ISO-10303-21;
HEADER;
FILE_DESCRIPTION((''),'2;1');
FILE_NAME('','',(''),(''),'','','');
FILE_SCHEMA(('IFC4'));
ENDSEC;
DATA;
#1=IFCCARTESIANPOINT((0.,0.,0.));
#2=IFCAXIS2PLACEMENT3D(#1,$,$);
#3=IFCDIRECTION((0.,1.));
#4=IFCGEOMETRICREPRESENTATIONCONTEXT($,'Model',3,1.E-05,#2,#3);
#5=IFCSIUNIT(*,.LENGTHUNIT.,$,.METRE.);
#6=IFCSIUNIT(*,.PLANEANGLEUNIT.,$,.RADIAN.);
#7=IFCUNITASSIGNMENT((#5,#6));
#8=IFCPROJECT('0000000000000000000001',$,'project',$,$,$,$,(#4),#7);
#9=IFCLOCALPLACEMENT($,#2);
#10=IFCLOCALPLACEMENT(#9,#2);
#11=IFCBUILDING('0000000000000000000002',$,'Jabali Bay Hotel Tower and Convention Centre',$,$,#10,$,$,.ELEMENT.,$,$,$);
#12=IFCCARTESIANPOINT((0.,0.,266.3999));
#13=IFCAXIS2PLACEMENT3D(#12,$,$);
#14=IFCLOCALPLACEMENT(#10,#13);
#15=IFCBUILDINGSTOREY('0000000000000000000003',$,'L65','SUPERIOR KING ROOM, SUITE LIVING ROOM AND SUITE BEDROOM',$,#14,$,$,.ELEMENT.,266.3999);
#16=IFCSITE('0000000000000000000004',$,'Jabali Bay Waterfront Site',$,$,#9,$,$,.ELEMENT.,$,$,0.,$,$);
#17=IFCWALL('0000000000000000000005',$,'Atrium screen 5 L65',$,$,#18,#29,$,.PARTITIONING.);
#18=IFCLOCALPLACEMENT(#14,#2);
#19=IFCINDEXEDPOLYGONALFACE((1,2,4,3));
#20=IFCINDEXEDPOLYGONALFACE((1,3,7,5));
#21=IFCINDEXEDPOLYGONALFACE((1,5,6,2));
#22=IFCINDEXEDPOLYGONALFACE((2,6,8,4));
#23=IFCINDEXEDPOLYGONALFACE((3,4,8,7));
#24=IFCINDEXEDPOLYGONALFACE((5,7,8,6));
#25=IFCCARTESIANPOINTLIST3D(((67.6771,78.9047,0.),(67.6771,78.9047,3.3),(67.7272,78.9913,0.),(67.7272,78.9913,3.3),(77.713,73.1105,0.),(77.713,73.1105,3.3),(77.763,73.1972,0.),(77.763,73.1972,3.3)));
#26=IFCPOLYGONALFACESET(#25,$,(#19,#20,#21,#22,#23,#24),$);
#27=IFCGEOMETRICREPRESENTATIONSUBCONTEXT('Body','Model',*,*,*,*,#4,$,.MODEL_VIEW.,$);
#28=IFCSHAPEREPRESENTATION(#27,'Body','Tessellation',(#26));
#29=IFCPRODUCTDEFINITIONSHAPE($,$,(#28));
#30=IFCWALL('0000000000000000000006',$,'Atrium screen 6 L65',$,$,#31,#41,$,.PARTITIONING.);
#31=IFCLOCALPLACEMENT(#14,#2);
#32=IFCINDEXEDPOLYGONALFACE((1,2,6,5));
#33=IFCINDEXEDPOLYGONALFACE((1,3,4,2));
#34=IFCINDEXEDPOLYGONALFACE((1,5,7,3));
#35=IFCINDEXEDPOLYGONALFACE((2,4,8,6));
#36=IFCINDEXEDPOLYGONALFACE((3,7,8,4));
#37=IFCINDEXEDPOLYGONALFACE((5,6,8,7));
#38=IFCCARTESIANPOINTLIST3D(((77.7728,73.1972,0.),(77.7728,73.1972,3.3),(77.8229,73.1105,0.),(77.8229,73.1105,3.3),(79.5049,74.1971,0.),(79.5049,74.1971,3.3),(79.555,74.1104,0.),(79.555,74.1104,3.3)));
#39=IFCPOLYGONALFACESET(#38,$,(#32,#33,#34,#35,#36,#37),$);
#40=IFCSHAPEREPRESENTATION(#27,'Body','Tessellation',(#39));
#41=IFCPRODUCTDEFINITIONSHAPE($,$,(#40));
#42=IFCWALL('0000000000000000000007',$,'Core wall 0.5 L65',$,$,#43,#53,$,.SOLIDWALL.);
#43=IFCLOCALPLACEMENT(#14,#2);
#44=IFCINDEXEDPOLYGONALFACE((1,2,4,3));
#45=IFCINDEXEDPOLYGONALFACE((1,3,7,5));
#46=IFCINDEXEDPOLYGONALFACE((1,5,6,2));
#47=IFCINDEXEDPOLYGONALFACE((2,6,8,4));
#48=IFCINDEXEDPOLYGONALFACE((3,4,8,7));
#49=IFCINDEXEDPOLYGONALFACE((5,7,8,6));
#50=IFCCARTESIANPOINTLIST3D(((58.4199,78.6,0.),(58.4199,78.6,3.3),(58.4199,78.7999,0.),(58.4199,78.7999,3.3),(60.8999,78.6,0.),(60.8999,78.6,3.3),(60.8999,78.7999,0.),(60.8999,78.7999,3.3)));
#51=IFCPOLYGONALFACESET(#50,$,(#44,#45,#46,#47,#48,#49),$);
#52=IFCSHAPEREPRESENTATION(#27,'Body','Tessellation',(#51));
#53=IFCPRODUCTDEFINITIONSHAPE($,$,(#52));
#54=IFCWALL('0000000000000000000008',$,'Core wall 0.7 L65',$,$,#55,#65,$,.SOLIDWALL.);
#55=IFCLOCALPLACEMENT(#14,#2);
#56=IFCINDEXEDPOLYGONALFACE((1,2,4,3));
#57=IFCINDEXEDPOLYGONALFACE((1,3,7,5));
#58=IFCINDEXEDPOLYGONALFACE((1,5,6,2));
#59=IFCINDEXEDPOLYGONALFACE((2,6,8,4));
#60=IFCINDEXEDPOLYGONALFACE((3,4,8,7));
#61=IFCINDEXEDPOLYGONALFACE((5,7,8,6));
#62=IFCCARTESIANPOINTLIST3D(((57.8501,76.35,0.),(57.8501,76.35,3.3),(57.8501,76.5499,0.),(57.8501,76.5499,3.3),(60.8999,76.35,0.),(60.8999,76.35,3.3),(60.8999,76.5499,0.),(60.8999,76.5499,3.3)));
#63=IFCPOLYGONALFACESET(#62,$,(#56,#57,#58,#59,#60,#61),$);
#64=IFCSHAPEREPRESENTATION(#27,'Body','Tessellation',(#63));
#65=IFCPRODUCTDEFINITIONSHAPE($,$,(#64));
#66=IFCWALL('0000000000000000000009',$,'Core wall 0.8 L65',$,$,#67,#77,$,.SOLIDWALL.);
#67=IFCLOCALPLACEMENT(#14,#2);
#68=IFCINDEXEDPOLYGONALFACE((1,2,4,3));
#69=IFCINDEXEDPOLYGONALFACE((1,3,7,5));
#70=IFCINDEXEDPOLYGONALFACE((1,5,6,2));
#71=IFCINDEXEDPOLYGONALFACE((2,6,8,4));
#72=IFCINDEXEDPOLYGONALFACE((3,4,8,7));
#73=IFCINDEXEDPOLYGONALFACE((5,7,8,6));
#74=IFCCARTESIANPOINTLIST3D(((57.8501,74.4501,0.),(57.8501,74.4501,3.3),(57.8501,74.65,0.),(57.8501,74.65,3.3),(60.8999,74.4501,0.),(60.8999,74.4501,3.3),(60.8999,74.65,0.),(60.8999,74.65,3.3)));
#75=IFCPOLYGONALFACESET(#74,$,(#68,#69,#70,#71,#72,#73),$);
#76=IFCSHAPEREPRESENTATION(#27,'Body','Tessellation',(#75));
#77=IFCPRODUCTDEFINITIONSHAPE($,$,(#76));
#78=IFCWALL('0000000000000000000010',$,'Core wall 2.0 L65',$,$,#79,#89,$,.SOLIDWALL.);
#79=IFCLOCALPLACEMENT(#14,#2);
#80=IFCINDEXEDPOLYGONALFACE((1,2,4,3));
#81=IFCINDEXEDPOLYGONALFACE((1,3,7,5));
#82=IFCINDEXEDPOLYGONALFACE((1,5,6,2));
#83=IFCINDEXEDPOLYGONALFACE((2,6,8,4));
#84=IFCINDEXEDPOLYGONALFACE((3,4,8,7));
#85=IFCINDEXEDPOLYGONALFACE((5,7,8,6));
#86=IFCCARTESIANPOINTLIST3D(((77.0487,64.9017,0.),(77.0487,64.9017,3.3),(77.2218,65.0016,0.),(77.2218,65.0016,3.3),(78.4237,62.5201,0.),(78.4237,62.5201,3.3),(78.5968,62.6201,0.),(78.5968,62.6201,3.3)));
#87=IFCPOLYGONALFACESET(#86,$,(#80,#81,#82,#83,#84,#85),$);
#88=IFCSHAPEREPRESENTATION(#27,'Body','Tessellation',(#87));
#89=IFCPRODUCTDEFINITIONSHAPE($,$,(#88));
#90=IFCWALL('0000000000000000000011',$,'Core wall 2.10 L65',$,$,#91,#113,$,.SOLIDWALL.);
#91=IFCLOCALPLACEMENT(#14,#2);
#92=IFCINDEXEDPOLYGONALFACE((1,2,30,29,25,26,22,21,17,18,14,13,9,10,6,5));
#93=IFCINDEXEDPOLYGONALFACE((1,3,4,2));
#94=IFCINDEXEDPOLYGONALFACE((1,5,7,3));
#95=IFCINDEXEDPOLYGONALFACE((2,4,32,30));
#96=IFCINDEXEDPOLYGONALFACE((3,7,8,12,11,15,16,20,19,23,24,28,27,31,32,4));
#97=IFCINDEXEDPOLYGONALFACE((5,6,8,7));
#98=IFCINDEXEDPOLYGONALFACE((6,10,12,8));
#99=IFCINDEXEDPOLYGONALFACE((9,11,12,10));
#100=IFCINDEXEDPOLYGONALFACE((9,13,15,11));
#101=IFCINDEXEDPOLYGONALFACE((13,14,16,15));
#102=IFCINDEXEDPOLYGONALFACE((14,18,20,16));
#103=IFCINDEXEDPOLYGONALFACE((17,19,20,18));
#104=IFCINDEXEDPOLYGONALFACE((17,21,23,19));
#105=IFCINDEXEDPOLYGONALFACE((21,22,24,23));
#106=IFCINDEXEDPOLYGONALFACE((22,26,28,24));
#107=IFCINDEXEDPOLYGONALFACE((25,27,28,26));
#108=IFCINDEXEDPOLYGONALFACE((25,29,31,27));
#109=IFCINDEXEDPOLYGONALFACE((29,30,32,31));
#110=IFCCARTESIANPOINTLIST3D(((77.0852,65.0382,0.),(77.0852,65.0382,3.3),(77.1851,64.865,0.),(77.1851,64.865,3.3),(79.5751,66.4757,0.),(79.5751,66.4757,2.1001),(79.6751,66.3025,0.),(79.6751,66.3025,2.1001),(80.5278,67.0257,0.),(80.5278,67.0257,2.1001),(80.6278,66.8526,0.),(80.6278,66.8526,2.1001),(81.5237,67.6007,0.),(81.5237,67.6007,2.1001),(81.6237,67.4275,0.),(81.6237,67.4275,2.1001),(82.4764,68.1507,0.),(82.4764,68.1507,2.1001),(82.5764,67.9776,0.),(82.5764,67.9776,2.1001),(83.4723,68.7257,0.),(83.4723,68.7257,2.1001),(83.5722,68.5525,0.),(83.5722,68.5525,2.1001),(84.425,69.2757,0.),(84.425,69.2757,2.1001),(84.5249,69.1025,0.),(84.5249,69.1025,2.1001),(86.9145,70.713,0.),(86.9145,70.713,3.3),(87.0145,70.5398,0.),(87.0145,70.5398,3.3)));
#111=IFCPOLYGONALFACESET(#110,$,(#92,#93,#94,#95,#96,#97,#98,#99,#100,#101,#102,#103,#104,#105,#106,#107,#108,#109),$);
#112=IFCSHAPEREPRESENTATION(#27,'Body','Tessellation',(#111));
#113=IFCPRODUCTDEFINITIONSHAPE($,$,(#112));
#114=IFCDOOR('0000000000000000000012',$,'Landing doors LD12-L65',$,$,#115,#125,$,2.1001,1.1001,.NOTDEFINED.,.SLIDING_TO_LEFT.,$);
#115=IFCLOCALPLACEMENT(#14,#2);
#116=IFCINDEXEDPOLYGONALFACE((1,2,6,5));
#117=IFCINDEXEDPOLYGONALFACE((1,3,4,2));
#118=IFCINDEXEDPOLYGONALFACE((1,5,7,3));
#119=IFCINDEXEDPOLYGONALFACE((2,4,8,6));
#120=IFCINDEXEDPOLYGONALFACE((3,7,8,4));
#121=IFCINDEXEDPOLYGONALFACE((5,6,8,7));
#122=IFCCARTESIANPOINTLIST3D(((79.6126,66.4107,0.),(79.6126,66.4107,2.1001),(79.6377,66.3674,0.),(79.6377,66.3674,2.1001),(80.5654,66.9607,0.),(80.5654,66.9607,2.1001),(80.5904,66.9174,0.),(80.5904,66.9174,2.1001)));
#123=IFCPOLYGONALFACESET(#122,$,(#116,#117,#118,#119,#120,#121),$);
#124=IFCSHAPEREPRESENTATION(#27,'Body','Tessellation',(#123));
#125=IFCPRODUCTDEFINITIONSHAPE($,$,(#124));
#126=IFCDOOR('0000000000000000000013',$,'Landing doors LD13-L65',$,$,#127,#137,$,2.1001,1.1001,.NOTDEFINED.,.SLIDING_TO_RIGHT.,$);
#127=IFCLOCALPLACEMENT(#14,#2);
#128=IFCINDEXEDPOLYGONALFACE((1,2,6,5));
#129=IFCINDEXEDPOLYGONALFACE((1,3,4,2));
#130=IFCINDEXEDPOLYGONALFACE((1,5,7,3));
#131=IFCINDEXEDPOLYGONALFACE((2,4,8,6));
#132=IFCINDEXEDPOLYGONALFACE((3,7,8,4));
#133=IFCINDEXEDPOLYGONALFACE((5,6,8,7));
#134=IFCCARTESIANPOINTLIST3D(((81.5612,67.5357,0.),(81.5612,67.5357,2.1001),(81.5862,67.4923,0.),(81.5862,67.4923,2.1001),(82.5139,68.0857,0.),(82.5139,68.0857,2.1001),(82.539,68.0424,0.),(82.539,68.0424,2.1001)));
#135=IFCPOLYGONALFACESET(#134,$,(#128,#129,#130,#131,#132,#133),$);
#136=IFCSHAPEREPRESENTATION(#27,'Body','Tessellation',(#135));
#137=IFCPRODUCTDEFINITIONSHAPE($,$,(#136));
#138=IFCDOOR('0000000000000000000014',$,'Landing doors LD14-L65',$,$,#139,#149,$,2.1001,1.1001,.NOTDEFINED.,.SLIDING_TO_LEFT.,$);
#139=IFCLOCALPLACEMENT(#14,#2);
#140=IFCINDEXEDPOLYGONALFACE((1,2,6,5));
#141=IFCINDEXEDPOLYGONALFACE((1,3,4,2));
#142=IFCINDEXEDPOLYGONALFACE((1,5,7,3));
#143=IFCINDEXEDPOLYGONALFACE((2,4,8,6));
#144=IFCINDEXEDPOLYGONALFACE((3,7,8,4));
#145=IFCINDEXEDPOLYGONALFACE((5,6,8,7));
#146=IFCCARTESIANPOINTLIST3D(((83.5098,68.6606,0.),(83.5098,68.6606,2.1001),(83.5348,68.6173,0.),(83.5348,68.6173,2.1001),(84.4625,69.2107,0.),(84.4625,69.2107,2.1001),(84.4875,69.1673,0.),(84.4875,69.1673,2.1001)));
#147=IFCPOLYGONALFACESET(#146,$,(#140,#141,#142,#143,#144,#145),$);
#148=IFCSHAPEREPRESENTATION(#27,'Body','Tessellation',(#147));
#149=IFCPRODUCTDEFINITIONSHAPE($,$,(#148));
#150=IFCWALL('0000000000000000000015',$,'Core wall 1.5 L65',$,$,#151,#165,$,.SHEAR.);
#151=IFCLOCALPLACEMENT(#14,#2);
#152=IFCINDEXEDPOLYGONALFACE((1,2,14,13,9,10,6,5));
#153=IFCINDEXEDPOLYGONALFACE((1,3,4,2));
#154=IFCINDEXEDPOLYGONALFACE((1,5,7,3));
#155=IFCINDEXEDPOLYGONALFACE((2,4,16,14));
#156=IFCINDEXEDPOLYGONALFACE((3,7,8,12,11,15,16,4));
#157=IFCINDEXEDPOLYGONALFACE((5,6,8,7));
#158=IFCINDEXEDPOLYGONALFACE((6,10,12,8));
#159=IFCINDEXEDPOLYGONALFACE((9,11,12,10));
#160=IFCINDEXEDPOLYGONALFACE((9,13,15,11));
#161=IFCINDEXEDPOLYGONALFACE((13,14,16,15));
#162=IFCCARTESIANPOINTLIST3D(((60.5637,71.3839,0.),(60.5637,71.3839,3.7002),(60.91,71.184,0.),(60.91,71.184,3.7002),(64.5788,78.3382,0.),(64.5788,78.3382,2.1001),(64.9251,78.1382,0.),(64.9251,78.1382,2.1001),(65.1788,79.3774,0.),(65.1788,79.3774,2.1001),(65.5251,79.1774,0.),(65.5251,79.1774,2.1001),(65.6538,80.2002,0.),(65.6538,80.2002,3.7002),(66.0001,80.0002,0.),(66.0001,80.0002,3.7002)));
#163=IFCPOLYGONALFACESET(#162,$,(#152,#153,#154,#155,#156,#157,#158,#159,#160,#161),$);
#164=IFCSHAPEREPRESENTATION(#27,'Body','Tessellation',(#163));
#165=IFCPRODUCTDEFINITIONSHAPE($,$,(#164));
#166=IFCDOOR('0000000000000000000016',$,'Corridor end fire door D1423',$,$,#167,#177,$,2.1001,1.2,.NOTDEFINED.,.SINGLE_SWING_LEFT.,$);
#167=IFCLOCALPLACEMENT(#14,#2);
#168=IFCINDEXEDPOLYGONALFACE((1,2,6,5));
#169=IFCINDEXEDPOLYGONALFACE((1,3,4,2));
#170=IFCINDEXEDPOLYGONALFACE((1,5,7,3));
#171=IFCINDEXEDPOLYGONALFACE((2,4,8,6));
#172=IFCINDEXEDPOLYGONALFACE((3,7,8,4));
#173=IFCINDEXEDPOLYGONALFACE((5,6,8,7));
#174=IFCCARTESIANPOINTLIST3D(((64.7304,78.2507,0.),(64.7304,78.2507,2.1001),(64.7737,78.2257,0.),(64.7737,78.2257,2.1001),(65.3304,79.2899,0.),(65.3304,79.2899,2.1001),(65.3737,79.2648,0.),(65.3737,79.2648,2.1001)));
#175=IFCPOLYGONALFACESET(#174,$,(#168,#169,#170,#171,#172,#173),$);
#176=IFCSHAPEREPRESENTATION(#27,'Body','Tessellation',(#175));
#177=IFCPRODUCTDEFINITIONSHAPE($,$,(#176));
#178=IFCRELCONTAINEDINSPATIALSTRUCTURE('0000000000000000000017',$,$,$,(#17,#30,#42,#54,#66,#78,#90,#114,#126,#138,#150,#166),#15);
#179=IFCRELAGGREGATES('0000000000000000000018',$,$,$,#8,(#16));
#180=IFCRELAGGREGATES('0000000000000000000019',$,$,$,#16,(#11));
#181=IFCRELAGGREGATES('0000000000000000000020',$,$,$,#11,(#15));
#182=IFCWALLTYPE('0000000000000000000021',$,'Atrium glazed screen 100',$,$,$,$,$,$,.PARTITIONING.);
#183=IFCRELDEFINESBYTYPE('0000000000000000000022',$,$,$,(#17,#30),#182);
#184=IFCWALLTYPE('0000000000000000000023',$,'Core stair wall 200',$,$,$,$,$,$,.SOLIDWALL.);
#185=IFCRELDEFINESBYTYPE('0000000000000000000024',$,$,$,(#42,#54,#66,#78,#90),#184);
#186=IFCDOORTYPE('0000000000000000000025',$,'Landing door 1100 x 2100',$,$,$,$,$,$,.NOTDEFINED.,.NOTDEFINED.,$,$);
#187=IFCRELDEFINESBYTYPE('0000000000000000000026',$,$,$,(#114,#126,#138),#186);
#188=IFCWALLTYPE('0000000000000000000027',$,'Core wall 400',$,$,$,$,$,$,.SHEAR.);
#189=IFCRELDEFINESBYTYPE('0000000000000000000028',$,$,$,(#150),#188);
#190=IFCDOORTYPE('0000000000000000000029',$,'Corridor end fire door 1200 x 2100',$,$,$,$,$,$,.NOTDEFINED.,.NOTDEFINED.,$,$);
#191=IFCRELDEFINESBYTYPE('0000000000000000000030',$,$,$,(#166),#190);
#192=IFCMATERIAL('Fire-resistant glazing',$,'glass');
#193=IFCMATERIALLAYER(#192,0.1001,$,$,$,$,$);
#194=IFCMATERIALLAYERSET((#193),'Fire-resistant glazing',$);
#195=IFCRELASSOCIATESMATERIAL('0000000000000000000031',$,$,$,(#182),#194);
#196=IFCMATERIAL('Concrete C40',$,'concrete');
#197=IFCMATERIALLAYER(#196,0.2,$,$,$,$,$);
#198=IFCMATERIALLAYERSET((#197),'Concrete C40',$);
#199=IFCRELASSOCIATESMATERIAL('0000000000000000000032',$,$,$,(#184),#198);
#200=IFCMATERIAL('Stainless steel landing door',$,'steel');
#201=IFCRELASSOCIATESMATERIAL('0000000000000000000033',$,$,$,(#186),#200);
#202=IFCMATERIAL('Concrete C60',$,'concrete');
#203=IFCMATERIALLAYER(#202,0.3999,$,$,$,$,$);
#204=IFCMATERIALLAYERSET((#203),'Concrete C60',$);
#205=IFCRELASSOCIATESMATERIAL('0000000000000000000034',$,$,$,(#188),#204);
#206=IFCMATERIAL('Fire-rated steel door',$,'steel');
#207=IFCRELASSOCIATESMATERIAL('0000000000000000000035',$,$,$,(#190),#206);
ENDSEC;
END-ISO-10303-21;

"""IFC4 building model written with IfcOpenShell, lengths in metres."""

from ifc_helpers import new_model, si_unit, direction, frame, frame_2d, origin, place, context, subcontext, project, spatial, rectangle, extrude, material, layer, layer_set, type_object, element, fill, save


model = new_model("IFC4")

# Units and contexts
model_context = context("Model", 3, precision=1e-05, world=origin(), true_north=direction((0.0, 1.0)))
body_context = subcontext(model_context, "Body", "Model", "MODEL_VIEW")
ifc_project = project(units=[si_unit("LENGTHUNIT", "METRE"), si_unit("PLANEANGLEUNIT", "RADIAN")], contexts=[model_context])

# Site, building, storey
site_placement = place(None, origin())
site = spatial("IfcSite", under=ifc_project, at=site_placement, Name="Jabali Bay Waterfront Site", CompositionType="ELEMENT", RefElevation=0.0)
building_placement = place(site_placement, origin())
building = spatial("IfcBuilding", under=site, at=building_placement, Name="Jabali Bay Hotel Tower and Convention Centre", CompositionType="ELEMENT")
storey_placement = place(building_placement, frame((0.0, 0.0, 266.3999)))
storey = spatial("IfcBuildingStorey", under=building, at=storey_placement, Name="L65", Description="SUPERIOR KING ROOM, SUITE LIVING ROOM AND SUITE BEDROOM", CompositionType="ELEMENT", Elevation=266.3999)

# Walls
ifc_material_1 = material(Name="Fire-resistant glazing", Category="glass")
ifc_layer_1 = layer(ifc_material_1, 0.1001)
ifc_layer_set_1 = layer_set([ifc_layer_1], Name="Fire-resistant glazing")
wall_type_1 = type_object("IfcWallType", Name="Atrium glazed screen 100", PredefinedType="PARTITIONING", material=ifc_layer_set_1)
wall_1_placement = place(storey_placement, frame((67.7021, 78.948, 0.0), z_axis=(0.0, 0.0, 1.0), x_axis=(0.866027, -0.499998, 0.0)))
element("IfcWall", 1, at=wall_1_placement, inside=storey, type_object=wall_type_1, Name="Atrium screen 5 L65", PredefinedType="PARTITIONING", context=body_context, shape_type="SweptSolid", body=[
    extrude(rectangle(XDim=11.5884, YDim=0.1001, at=frame_2d((5.7942, 0.0))), origin(), (0.0, 0.0, 1.0), 3.3),
])
wall_2_placement = place(storey_placement, frame((77.7979, 73.1538, 0.0), z_axis=(0.0, 0.0, 1.0), x_axis=(0.866041, 0.499973, 0.0)))
element("IfcWall", 2, at=wall_2_placement, inside=storey, type_object=wall_type_1, Name="Atrium screen 6 L65", PredefinedType="PARTITIONING", context=body_context, shape_type="SweptSolid", body=[
    extrude(rectangle(XDim=2.0, YDim=0.1001, at=frame_2d((1.0, 0.0))), origin(), (0.0, 0.0, 1.0), 3.3),
])
ifc_material_2 = material(Name="Concrete C40", Category="concrete")
ifc_layer_2 = layer(ifc_material_2, 0.2)
ifc_layer_set_2 = layer_set([ifc_layer_2], Name="Concrete C40")
wall_type_2 = type_object("IfcWallType", Name="Core stair wall 200", PredefinedType="SOLIDWALL", material=ifc_layer_set_2)
wall_3_placement = place(storey_placement, frame((60.8999, 78.7, 0.0), z_axis=(0.0, 0.0, 1.0), x_axis=(-1.0, 0.0, 0.0)))
element("IfcWall", 3, at=wall_3_placement, inside=storey, type_object=wall_type_2, Name="Core wall 0.5 L65", PredefinedType="SOLIDWALL", context=body_context, shape_type="SweptSolid", body=[
    extrude(rectangle(XDim=2.48, YDim=0.2, at=frame_2d((1.24, 0.0))), origin(), (0.0, 0.0, 1.0), 3.3),
])
for number, where, z_axis, x_axis, name in (
    (4, (60.8999, 76.45, 0.0), (0.0, 0.0, 1.0), (-1.0, 0.0, 0.0), "Core wall 0.7 L65"),
    (5, (60.8999, 74.55, 0.0), (0.0, 0.0, 1.0), (-1.0, 0.0, 0.0), "Core wall 0.8 L65"),
):
    element("IfcWall", number, at=place(storey_placement, frame(where, z_axis=z_axis, x_axis=x_axis)), inside=storey, type_object=wall_type_2, Name=name, PredefinedType="SOLIDWALL", context=body_context, shape_type="SweptSolid", body=[
        extrude(rectangle(XDim=3.0498, YDim=0.2, at=frame_2d((1.5249, 0.0))), origin(), (0.0, 0.0, 1.0), 3.3),
    ])
wall_4_placement = place(storey_placement, frame((77.1353, 64.9517, 0.0), z_axis=(0.0, 0.0, 1.0), x_axis=(0.499997, -0.866027, 0.0)))
element("IfcWall", 6, at=wall_4_placement, inside=storey, type_object=wall_type_2, Name="Core wall 2.0 L65", PredefinedType="SOLIDWALL", context=body_context, shape_type="SweptSolid", body=[
    extrude(rectangle(XDim=2.75, YDim=0.2, at=frame_2d((1.375, 0.0))), origin(), (0.0, 0.0, 1.0), 3.3),
])

# Wall, openings, doors
wall_5_placement = place(storey_placement, frame((77.1353, 64.9517, 0.0), z_axis=(0.0, 0.0, 1.0), x_axis=(0.866032, 0.499989, 0.0)))
wall_5 = element("IfcWall", 7, at=wall_5_placement, inside=storey, type_object=wall_type_2, Name="Core wall 2.10 L65", PredefinedType="SOLIDWALL", context=body_context, shape_type="SweptSolid", body=[
    extrude(rectangle(XDim=11.3499, YDim=0.2, at=frame_2d((5.6748, 0.0))), origin(), (0.0, 0.0, 1.0), 3.3),
])
opening_1_placement = place(wall_5_placement, frame((2.875, 0.0, 0.0)))
opening_1 = element("IfcOpeningElement", 8, at=opening_1_placement, cuts=wall_5, PredefinedType="OPENING", context=body_context, shape_type="SweptSolid", body=[
    extrude(rectangle(XDim=1.1001, YDim=2.1001, at=frame_2d((0.55, 1.05))), frame((0.0, 0.1104, 0.0), z_axis=(0.0, -1.0, 0.0), x_axis=(1.0, 0.0, 0.0)), (0.0, 0.0, 1.0), 0.2209),
])
opening_2_placement = place(wall_5_placement, frame((5.125, 0.0, 0.0)))
opening_2 = element("IfcOpeningElement", 9, at=opening_2_placement, cuts=wall_5, PredefinedType="OPENING", context=body_context, shape_type="SweptSolid", body=[
    extrude(rectangle(XDim=1.1001, YDim=2.1001, at=frame_2d((0.55, 1.05))), frame((0.0, 0.1104, 0.0), z_axis=(0.0, -1.0, 0.0), x_axis=(1.0, 0.0, 0.0)), (0.0, 0.0, 1.0), 0.2209),
])
opening_3_placement = place(wall_5_placement, frame((7.375, 0.0, 0.0)))
opening_3 = element("IfcOpeningElement", 10, at=opening_3_placement, cuts=wall_5, PredefinedType="OPENING", context=body_context, shape_type="SweptSolid", body=[
    extrude(rectangle(XDim=1.1001, YDim=2.1001, at=frame_2d((0.55, 1.05))), frame((0.0, 0.1104, 0.0), z_axis=(0.0, -1.0, 0.0), x_axis=(1.0, 0.0, 0.0)), (0.0, 0.0, 1.0), 0.2209),
])
ifc_material_3 = material(Name="Stainless steel landing door", Category="steel")
door_type_1 = type_object("IfcDoorType", Name="Landing door 1100 x 2100", OperationType="NOTDEFINED", PredefinedType="NOTDEFINED", material=ifc_material_3)
door_1_placement = place(opening_1_placement, origin())
door_1 = element("IfcDoor", 11, at=door_1_placement, inside=storey, type_object=door_type_1, Name="Landing doors LD12-L65", OperationType="SLIDING_TO_LEFT", OverallHeight=2.1001, OverallWidth=1.1001, PredefinedType="NOTDEFINED", context=body_context, shape_type="SweptSolid", body=[
    extrude(rectangle(XDim=1.1001, YDim=2.1001, at=frame_2d((0.55, 1.05))), frame((0.0, 0.0249, 0.0), z_axis=(0.0, -1.0, 0.0), x_axis=(1.0, 0.0, 0.0)), (0.0, 0.0, 1.0), 0.05),
])
fill(opening_1, door_1)
door_2_placement = place(opening_2_placement, origin())
door_2 = element("IfcDoor", 12, at=door_2_placement, inside=storey, type_object=door_type_1, Name="Landing doors LD13-L65", OperationType="SLIDING_TO_RIGHT", OverallHeight=2.1001, OverallWidth=1.1001, PredefinedType="NOTDEFINED", context=body_context, shape_type="SweptSolid", body=[
    extrude(rectangle(XDim=1.1001, YDim=2.1001, at=frame_2d((0.55, 1.05))), frame((0.0, 0.0249, 0.0), z_axis=(0.0, -1.0, 0.0), x_axis=(1.0, 0.0, 0.0)), (0.0, 0.0, 1.0), 0.05),
])
fill(opening_2, door_2)
door_3_placement = place(opening_3_placement, origin())
door_3 = element("IfcDoor", 13, at=door_3_placement, inside=storey, type_object=door_type_1, Name="Landing doors LD14-L65", OperationType="SLIDING_TO_LEFT", OverallHeight=2.1001, OverallWidth=1.1001, PredefinedType="NOTDEFINED", context=body_context, shape_type="SweptSolid", body=[
    extrude(rectangle(XDim=1.1001, YDim=2.1001, at=frame_2d((0.55, 1.05))), frame((0.0, 0.0249, 0.0), z_axis=(0.0, -1.0, 0.0), x_axis=(1.0, 0.0, 0.0)), (0.0, 0.0, 1.0), 0.05),
])
fill(opening_3, door_3)

# Wall, opening, door
ifc_material_4 = material(Name="Concrete C60", Category="concrete")
ifc_layer_3 = layer(ifc_material_4, 0.3999)
ifc_layer_set_3 = layer_set([ifc_layer_3], Name="Concrete C60")
wall_type_3 = type_object("IfcWallType", Name="Core wall 400", PredefinedType="SHEAR", material=ifc_layer_set_3)
wall_6_placement = place(storey_placement, frame((60.7368, 71.2839, 0.0), z_axis=(0.0, 0.0, 1.0), x_axis=(0.500005, 0.866022, 0.0)))
wall_6 = element("IfcWall", 14, at=wall_6_placement, inside=storey, type_object=wall_type_3, Name="Core wall 1.5 L65", PredefinedType="SHEAR", context=body_context, shape_type="SweptSolid", body=[
    extrude(rectangle(XDim=10.1802, YDim=0.3999, at=frame_2d((5.0901, 0.0))), origin(), (0.0, 0.0, 1.0), 3.7002),
])
opening_4_placement = place(wall_6_placement, frame((8.03, 0.0, 0.0)))
opening_4 = element("IfcOpeningElement", 15, at=opening_4_placement, cuts=wall_6, PredefinedType="OPENING", context=body_context, shape_type="SweptSolid", body=[
    extrude(rectangle(XDim=1.2, YDim=2.1001, at=frame_2d((0.6001, 1.05))), frame((0.0, 0.2104, 0.0), z_axis=(0.0, -1.0, 0.0), x_axis=(1.0, 0.0, 0.0)), (0.0, 0.0, 1.0), 0.4209),
])
ifc_material_5 = material(Name="Fire-rated steel door", Category="steel")
door_type_2 = type_object("IfcDoorType", Name="Corridor end fire door 1200 x 2100", OperationType="NOTDEFINED", PredefinedType="NOTDEFINED", material=ifc_material_5)
door_4_placement = place(opening_4_placement, origin())
door_4 = element("IfcDoor", 16, at=door_4_placement, inside=storey, type_object=door_type_2, Name="Corridor end fire door D1423", OperationType="SINGLE_SWING_LEFT", OverallHeight=2.1001, OverallWidth=1.2, PredefinedType="NOTDEFINED", context=body_context, shape_type="SweptSolid", body=[
    extrude(rectangle(XDim=1.2, YDim=2.1001, at=frame_2d((0.6001, 1.05))), frame((0.0, 0.0249, 0.0), z_axis=(0.0, -1.0, 0.0), x_axis=(1.0, 0.0, 0.0)), (0.0, 0.0, 1.0), 0.05),
])
fill(opening_4, door_4)

save(model, "model.ifc")
